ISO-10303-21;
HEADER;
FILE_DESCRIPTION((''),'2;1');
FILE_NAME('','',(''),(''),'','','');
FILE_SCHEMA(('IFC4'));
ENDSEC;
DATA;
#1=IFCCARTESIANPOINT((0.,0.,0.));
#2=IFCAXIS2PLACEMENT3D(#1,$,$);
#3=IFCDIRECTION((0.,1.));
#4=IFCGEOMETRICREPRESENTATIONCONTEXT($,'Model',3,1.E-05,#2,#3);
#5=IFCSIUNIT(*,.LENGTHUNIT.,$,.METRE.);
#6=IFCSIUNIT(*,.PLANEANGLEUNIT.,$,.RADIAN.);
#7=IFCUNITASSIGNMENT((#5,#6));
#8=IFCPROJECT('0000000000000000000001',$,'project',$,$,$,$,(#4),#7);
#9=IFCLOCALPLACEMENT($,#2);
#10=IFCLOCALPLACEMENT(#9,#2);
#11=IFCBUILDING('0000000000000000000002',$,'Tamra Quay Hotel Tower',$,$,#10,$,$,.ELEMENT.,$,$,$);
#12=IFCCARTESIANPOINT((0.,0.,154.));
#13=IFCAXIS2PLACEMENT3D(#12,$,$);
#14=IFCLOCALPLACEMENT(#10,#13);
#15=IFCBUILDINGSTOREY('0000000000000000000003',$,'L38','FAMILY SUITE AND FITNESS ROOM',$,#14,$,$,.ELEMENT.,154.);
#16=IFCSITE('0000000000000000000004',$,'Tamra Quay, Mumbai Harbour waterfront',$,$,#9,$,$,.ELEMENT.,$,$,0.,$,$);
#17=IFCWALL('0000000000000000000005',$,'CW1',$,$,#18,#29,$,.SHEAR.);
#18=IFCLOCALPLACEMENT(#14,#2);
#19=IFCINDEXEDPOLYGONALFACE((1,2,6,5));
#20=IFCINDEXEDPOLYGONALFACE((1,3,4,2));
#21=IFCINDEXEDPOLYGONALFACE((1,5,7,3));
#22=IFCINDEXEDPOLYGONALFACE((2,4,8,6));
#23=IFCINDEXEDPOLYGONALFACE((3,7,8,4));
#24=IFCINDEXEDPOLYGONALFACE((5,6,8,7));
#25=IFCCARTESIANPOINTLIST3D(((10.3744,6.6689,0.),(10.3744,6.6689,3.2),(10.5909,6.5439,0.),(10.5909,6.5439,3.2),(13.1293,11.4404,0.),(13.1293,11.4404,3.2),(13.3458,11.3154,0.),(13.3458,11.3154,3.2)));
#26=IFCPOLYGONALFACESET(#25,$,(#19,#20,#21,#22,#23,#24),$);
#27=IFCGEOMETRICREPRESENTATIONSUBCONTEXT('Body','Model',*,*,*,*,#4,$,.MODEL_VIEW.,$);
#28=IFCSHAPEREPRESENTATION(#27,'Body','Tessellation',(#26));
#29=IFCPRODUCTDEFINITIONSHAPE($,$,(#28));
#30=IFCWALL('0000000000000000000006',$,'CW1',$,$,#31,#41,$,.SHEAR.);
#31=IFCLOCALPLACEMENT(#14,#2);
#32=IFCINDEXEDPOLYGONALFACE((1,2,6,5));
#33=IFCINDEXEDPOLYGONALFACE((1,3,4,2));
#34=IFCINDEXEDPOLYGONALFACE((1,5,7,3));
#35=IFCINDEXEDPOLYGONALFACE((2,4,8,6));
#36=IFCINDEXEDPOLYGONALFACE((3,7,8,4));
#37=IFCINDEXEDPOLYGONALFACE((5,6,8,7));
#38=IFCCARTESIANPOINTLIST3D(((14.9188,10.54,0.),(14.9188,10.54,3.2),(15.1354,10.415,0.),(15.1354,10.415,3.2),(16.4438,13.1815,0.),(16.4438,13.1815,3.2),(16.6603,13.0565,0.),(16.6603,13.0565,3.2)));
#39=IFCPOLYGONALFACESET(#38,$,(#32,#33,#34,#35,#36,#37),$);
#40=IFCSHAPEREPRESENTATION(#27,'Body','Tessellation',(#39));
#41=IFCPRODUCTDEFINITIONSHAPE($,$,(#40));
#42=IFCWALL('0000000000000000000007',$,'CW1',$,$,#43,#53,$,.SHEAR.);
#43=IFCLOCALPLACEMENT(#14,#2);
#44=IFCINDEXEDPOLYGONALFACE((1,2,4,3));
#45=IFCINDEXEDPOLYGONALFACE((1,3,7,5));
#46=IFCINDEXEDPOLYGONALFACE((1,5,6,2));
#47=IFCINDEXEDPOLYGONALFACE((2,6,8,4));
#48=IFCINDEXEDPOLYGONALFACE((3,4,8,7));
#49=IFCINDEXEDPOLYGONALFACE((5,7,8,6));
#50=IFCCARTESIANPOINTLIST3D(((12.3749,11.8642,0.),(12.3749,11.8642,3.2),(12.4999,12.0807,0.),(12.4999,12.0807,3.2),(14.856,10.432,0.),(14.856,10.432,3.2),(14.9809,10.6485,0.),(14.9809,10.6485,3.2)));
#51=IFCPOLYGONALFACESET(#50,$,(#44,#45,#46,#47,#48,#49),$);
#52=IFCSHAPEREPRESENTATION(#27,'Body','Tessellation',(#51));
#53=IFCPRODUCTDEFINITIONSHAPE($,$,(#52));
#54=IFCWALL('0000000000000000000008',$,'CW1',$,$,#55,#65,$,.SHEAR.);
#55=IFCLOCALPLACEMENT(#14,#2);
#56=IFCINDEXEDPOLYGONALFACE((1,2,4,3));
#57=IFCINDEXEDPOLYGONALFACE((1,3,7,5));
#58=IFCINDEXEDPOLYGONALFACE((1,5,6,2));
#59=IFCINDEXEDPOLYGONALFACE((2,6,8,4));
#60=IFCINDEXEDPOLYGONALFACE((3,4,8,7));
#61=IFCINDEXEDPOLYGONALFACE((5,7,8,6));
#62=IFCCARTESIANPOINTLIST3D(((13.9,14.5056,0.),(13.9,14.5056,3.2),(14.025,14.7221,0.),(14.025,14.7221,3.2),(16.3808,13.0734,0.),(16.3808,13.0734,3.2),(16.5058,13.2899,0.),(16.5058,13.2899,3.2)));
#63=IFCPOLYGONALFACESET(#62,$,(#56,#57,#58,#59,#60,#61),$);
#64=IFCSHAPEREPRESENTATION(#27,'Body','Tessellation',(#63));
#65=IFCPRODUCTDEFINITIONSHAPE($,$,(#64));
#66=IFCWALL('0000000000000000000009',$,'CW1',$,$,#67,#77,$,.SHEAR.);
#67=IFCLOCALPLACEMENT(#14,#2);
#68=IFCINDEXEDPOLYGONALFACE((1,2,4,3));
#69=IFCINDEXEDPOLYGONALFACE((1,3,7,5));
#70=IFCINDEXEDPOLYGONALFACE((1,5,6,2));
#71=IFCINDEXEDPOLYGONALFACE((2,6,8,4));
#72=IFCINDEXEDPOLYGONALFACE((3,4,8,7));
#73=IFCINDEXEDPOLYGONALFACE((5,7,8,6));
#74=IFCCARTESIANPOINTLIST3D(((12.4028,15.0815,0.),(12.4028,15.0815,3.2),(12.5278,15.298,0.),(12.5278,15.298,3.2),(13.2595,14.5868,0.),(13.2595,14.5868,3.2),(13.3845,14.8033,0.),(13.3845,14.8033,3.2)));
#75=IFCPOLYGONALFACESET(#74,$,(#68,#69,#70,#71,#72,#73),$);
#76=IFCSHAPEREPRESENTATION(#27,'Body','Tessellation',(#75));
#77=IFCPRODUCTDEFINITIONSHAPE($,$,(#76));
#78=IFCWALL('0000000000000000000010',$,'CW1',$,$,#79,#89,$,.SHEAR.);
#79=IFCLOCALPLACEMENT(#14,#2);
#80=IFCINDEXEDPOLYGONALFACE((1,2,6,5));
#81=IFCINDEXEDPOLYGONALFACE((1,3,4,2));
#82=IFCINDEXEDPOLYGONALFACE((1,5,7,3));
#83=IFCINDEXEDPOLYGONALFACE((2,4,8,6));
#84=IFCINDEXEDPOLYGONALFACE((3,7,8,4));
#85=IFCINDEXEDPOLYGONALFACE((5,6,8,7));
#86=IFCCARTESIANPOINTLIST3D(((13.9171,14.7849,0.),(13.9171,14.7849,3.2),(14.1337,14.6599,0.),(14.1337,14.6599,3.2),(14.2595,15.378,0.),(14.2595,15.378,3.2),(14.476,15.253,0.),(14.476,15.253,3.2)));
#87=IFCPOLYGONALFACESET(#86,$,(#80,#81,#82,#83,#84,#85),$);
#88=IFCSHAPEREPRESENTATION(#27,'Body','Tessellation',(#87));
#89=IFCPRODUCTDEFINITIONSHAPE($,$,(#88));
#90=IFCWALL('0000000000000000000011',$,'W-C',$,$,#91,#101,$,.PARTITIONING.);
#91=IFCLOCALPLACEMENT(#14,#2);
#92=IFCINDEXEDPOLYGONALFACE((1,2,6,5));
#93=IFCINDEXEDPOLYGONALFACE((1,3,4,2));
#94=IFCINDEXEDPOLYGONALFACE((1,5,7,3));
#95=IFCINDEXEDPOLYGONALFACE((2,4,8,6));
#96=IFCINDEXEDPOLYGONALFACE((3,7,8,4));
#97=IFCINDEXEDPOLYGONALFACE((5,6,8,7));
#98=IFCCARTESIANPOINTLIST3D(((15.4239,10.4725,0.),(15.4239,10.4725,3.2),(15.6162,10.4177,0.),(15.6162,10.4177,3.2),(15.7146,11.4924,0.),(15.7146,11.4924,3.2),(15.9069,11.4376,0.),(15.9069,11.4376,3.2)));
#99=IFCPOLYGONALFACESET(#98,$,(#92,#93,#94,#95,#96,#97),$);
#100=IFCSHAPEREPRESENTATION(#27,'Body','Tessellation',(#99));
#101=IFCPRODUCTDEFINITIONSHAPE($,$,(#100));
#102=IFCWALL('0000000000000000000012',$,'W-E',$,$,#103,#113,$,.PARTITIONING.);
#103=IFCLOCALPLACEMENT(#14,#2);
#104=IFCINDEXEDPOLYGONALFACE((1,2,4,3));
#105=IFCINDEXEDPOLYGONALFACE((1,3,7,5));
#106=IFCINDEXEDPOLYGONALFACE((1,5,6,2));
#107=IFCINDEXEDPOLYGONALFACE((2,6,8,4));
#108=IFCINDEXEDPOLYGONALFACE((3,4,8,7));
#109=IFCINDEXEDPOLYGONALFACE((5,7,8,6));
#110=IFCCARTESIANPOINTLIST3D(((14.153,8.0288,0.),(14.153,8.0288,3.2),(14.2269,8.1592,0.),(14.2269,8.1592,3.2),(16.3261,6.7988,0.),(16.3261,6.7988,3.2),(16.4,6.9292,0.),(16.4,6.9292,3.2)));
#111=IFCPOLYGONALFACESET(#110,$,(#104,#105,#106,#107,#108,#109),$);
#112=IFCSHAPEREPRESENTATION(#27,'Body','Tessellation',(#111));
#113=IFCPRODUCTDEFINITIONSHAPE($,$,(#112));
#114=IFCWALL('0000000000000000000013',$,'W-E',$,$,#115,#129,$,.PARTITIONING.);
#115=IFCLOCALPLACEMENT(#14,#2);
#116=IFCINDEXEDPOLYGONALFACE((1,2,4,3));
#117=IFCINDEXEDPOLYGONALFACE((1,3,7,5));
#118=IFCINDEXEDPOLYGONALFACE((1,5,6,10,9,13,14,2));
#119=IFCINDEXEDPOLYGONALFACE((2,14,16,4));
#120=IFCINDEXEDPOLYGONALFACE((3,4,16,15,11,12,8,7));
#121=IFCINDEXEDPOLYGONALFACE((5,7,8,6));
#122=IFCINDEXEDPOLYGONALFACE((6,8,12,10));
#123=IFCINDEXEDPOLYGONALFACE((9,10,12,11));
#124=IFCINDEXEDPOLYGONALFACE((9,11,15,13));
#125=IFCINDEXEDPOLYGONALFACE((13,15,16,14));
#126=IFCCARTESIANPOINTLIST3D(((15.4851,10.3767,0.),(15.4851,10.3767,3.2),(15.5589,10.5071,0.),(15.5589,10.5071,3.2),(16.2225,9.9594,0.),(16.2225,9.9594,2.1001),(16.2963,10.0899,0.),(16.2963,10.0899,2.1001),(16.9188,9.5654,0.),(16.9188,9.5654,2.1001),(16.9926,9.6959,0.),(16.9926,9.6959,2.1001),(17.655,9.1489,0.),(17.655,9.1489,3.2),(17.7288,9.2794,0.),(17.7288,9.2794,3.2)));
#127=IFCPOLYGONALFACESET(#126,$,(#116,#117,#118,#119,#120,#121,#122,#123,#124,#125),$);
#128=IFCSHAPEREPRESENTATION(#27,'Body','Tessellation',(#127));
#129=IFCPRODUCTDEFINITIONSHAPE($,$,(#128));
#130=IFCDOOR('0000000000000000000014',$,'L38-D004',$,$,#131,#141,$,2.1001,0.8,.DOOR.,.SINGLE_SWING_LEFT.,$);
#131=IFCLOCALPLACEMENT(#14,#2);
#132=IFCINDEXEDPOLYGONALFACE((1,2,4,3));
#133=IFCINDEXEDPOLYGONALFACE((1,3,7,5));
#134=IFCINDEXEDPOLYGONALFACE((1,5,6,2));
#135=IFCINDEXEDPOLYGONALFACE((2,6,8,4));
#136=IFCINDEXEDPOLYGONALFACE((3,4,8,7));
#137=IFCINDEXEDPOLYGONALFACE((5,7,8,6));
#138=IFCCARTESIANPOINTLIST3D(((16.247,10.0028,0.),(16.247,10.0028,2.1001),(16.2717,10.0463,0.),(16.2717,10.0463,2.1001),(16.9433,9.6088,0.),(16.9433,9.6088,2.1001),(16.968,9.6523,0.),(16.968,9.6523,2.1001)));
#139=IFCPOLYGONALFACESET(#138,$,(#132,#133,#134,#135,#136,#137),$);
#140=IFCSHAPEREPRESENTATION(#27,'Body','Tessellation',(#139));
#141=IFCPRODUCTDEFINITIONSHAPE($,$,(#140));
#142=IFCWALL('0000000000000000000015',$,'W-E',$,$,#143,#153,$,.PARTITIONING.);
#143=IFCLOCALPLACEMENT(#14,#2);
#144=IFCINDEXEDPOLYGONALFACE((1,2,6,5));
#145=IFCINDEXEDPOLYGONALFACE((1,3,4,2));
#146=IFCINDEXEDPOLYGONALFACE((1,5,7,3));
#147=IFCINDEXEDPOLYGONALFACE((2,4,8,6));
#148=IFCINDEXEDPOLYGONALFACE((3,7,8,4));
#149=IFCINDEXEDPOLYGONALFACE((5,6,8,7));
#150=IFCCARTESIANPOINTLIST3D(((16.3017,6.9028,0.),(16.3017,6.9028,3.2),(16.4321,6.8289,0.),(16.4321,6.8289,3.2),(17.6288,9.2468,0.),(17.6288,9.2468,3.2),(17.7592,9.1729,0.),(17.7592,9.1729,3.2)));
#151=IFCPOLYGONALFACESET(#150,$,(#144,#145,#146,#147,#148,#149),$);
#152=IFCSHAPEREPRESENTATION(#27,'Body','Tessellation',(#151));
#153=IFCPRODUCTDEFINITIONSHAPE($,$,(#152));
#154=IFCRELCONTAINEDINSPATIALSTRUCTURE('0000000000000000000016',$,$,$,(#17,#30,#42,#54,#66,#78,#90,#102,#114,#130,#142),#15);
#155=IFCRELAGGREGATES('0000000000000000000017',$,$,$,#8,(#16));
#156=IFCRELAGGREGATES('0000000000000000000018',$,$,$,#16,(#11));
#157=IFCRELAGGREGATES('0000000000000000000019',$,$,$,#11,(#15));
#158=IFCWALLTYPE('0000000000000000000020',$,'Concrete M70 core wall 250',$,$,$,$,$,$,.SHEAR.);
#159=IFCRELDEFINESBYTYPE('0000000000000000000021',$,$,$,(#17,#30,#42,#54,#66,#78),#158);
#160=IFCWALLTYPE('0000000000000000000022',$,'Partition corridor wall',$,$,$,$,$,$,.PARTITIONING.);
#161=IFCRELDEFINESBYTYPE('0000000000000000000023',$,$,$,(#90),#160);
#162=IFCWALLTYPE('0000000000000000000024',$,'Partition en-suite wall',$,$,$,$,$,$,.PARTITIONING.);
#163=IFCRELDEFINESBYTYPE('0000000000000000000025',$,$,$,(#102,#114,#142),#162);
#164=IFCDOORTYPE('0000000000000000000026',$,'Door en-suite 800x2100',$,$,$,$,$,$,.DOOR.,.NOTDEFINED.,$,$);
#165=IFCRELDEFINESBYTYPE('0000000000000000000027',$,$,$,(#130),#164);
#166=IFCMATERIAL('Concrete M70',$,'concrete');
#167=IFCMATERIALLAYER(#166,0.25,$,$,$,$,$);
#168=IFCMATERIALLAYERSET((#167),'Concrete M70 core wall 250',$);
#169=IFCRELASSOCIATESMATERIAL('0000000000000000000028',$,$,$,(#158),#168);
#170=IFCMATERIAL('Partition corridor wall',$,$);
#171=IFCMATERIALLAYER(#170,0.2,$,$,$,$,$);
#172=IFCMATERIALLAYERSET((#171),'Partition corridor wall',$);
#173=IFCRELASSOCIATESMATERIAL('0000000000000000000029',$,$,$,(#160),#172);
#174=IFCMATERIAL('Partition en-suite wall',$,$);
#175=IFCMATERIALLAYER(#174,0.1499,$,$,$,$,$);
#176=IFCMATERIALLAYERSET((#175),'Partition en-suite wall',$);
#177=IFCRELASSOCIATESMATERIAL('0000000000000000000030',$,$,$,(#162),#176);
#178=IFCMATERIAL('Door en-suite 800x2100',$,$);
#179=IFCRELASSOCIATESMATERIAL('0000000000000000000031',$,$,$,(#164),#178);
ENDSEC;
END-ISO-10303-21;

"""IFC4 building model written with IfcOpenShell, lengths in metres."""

from ifc_helpers import new_model, si_unit, direction, frame, frame_2d, origin, place, context, subcontext, project, spatial, rectangle, extrude, material, layer, layer_set, type_object, element, fill, save


model = new_model("IFC4")

# Units and contexts
model_context = context("Model", 3, precision=1e-05, world=origin(), true_north=direction((0.0, 1.0)))
body_context = subcontext(model_context, "Body", "Model", "MODEL_VIEW")
ifc_project = project(units=[si_unit("LENGTHUNIT", "METRE"), si_unit("PLANEANGLEUNIT", "RADIAN")], contexts=[model_context])

# Site, building, storey
site_placement = place(None, origin())
site = spatial("IfcSite", under=ifc_project, at=site_placement, Name="Tamra Quay, Mumbai Harbour waterfront", CompositionType="ELEMENT", RefElevation=0.0)
building_placement = place(site_placement, origin())
building = spatial("IfcBuilding", under=site, at=building_placement, Name="Tamra Quay Hotel Tower", CompositionType="ELEMENT")
storey_placement = place(building_placement, frame((0.0, 0.0, 154.0)))
storey = spatial("IfcBuildingStorey", under=building, at=storey_placement, Name="L38", Description="FAMILY SUITE AND FITNESS ROOM", CompositionType="ELEMENT", Elevation=154.0)

# Shared definitions
ifc_material_1 = material(Name="Concrete M70", Category="concrete")

# Walls
ifc_layer_1 = layer(ifc_material_1, 0.25)
ifc_layer_set_1 = layer_set([ifc_layer_1], Name="Concrete M70 core wall 250")
wall_type_1 = type_object("IfcWallType", Name="Concrete M70 core wall 250", PredefinedType="SHEAR", material=ifc_layer_set_1)
wall_1_placement = place(storey_placement, frame((13.2375, 11.3779, 0.0), z_axis=(0.0, 0.0, 1.0), x_axis=(-0.500009, -0.86602, 0.0)))
element("IfcWall", 1, at=wall_1_placement, inside=storey, type_object=wall_type_1, Name="CW1", PredefinedType="SHEAR", context=body_context, shape_type="SweptSolid", body=[
    extrude(rectangle(XDim=5.5098, YDim=0.25, at=frame_2d((2.7549, 0.0))), origin(), (0.0, 0.0, 1.0), 3.2),
])
wall_2_placement = place(storey_placement, frame((16.552, 13.1189, 0.0), z_axis=(0.0, 0.0, 1.0), x_axis=(-0.499979, -0.866038, 0.0)))
element("IfcWall", 2, at=wall_2_placement, inside=storey, type_object=wall_type_1, Name="CW1", PredefinedType="SHEAR", context=body_context, shape_type="SweptSolid", body=[
    extrude(rectangle(XDim=3.05, YDim=0.25, at=frame_2d((1.5249, 0.0))), origin(), (0.0, 0.0, 1.0), 3.2),
])
wall_3_placement = place(storey_placement, frame((14.9185, 10.5403, 0.0), z_axis=(0.0, 0.0, 1.0), x_axis=(-0.866064, 0.499934, 0.0)))
element("IfcWall", 3, at=wall_3_placement, inside=storey, type_object=wall_type_1, Name="CW1", PredefinedType="SHEAR", context=body_context, shape_type="SweptSolid", body=[
    extrude(rectangle(XDim=2.8647, YDim=0.25, at=frame_2d((1.4324, 0.0))), origin(), (0.0, 0.0, 1.0), 3.2),
])
wall_4_placement = place(storey_placement, frame((13.9626, 14.6138, 0.0), z_axis=(0.0, 0.0, 1.0), x_axis=(0.866042, -0.499971, 0.0)))
element("IfcWall", 4, at=wall_4_placement, inside=storey, type_object=wall_type_1, Name="CW1", PredefinedType="SHEAR", context=body_context, shape_type="SweptSolid", body=[
    extrude(rectangle(XDim=2.8645, YDim=0.25, at=frame_2d((1.4321, 0.0))), origin(), (0.0, 0.0, 1.0), 3.2),
])
wall_5_placement = place(storey_placement, frame((13.322, 14.6951, 0.0), z_axis=(0.0, 0.0, 1.0), x_axis=(-0.866017, 0.500014, 0.0)))
element("IfcWall", 5, at=wall_5_placement, inside=storey, type_object=wall_type_1, Name="CW1", PredefinedType="SHEAR", context=body_context, shape_type="SweptSolid", body=[
    extrude(rectangle(XDim=0.9893, YDim=0.25, at=frame_2d((0.4946, 0.0))), origin(), (0.0, 0.0, 1.0), 3.2),
])
wall_6_placement = place(storey_placement, frame((14.3677, 15.3154, 0.0), z_axis=(0.0, 0.0, 1.0), x_axis=(-0.499897, -0.866085, 0.0)))
element("IfcWall", 6, at=wall_6_placement, inside=storey, type_object=wall_type_1, Name="CW1", PredefinedType="SHEAR", context=body_context, shape_type="SweptSolid", body=[
    extrude(rectangle(XDim=0.6848, YDim=0.25, at=frame_2d((0.3423, 0.0))), origin(), (0.0, 0.0, 1.0), 3.2),
])
ifc_material_2 = material(Name="Partition corridor wall")
ifc_layer_2 = layer(ifc_material_2, 0.2)
ifc_layer_set_2 = layer_set([ifc_layer_2], Name="Partition corridor wall")
wall_type_2 = type_object("IfcWallType", Name="Partition corridor wall", PredefinedType="PARTITIONING", material=ifc_layer_set_2)
wall_7_placement = place(storey_placement, frame((15.52, 10.4451, 0.0), z_axis=(0.0, 0.0, 1.0), x_axis=(0.274143, 0.961689, 0.0)))
element("IfcWall", 7, at=wall_7_placement, inside=storey, type_object=wall_type_2, Name="W-C", PredefinedType="PARTITIONING", context=body_context, shape_type="SweptSolid", body=[
    extrude(rectangle(XDim=1.0605, YDim=0.2, at=frame_2d((0.5303, 0.0))), origin(), (0.0, 0.0, 1.0), 3.2),
])
ifc_material_3 = material(Name="Partition en-suite wall")
ifc_layer_3 = layer(ifc_material_3, 0.1499)
ifc_layer_set_3 = layer_set([ifc_layer_3], Name="Partition en-suite wall")
wall_type_3 = type_object("IfcWallType", Name="Partition en-suite wall", PredefinedType="PARTITIONING", material=ifc_layer_set_3)
wall_8_placement = place(storey_placement, frame((14.1899, 8.094, 0.0), z_axis=(0.0, 0.0, 1.0), x_axis=(0.87027, -0.492576, 0.0)))
element("IfcWall", 8, at=wall_8_placement, inside=storey, type_object=wall_type_3, Name="W-E", PredefinedType="PARTITIONING", context=body_context, shape_type="SweptSolid", body=[
    extrude(rectangle(XDim=2.4971, YDim=0.1499, at=frame_2d((1.2485, 0.0))), origin(), (0.0, 0.0, 1.0), 3.2),
])

# Wall, opening, door
wall_9_placement = place(storey_placement, frame((15.522, 10.4419, 0.0), z_axis=(0.0, 0.0, 1.0), x_axis=(0.870338, -0.492454, 0.0)))
wall_9 = element("IfcWall", 9, at=wall_9_placement, inside=storey, type_object=wall_type_3, Name="W-E", PredefinedType="PARTITIONING", context=body_context, shape_type="SweptSolid", body=[
    extrude(rectangle(XDim=2.4932, YDim=0.1499, at=frame_2d((1.2466, 0.0))), origin(), (0.0, 0.0, 1.0), 3.2),
])
opening_1_placement = place(wall_9_placement, frame((0.8474, 0.0, 0.0)))
opening_1 = element("IfcOpeningElement", 10, at=opening_1_placement, cuts=wall_9, PredefinedType="OPENING", context=body_context, shape_type="SweptSolid", body=[
    extrude(rectangle(XDim=0.8, YDim=2.1001, at=frame_2d((0.3999, 1.05))), frame((0.0, 0.085, 0.0), z_axis=(0.0, -1.0, 0.0), x_axis=(1.0, 0.0, 0.0)), (0.0, 0.0, 1.0), 0.1699),
])
ifc_material_4 = material(Name="Door en-suite 800x2100")
door_type_1 = type_object("IfcDoorType", Name="Door en-suite 800x2100", OperationType="NOTDEFINED", PredefinedType="DOOR", material=ifc_material_4)
door_1_placement = place(opening_1_placement, origin())
door_1 = element("IfcDoor", 11, at=door_1_placement, inside=storey, type_object=door_type_1, Name="L38-D004", OperationType="SINGLE_SWING_LEFT", OverallHeight=2.1001, OverallWidth=0.8, PredefinedType="DOOR", context=body_context, shape_type="SweptSolid", body=[
    extrude(rectangle(XDim=0.8, YDim=2.1001, at=frame_2d((0.3999, 1.05))), frame((0.0, 0.0249, 0.0), z_axis=(0.0, -1.0, 0.0), x_axis=(1.0, 0.0, 0.0)), (0.0, 0.0, 1.0), 0.05),
])
fill(opening_1, door_1)

# Wall
wall_10_placement = place(storey_placement, frame((16.3669, 6.866, 0.0), z_axis=(0.0, 0.0, 1.0), x_axis=(0.492699, 0.8702, 0.0)))
element("IfcWall", 12, at=wall_10_placement, inside=storey, type_object=wall_type_3, Name="W-E", PredefinedType="PARTITIONING", context=body_context, shape_type="SweptSolid", body=[
    extrude(rectangle(XDim=2.6936, YDim=0.1499, at=frame_2d((1.3467, 0.0))), origin(), (0.0, 0.0, 1.0), 3.2),
])

save(model, "model.ifc")
